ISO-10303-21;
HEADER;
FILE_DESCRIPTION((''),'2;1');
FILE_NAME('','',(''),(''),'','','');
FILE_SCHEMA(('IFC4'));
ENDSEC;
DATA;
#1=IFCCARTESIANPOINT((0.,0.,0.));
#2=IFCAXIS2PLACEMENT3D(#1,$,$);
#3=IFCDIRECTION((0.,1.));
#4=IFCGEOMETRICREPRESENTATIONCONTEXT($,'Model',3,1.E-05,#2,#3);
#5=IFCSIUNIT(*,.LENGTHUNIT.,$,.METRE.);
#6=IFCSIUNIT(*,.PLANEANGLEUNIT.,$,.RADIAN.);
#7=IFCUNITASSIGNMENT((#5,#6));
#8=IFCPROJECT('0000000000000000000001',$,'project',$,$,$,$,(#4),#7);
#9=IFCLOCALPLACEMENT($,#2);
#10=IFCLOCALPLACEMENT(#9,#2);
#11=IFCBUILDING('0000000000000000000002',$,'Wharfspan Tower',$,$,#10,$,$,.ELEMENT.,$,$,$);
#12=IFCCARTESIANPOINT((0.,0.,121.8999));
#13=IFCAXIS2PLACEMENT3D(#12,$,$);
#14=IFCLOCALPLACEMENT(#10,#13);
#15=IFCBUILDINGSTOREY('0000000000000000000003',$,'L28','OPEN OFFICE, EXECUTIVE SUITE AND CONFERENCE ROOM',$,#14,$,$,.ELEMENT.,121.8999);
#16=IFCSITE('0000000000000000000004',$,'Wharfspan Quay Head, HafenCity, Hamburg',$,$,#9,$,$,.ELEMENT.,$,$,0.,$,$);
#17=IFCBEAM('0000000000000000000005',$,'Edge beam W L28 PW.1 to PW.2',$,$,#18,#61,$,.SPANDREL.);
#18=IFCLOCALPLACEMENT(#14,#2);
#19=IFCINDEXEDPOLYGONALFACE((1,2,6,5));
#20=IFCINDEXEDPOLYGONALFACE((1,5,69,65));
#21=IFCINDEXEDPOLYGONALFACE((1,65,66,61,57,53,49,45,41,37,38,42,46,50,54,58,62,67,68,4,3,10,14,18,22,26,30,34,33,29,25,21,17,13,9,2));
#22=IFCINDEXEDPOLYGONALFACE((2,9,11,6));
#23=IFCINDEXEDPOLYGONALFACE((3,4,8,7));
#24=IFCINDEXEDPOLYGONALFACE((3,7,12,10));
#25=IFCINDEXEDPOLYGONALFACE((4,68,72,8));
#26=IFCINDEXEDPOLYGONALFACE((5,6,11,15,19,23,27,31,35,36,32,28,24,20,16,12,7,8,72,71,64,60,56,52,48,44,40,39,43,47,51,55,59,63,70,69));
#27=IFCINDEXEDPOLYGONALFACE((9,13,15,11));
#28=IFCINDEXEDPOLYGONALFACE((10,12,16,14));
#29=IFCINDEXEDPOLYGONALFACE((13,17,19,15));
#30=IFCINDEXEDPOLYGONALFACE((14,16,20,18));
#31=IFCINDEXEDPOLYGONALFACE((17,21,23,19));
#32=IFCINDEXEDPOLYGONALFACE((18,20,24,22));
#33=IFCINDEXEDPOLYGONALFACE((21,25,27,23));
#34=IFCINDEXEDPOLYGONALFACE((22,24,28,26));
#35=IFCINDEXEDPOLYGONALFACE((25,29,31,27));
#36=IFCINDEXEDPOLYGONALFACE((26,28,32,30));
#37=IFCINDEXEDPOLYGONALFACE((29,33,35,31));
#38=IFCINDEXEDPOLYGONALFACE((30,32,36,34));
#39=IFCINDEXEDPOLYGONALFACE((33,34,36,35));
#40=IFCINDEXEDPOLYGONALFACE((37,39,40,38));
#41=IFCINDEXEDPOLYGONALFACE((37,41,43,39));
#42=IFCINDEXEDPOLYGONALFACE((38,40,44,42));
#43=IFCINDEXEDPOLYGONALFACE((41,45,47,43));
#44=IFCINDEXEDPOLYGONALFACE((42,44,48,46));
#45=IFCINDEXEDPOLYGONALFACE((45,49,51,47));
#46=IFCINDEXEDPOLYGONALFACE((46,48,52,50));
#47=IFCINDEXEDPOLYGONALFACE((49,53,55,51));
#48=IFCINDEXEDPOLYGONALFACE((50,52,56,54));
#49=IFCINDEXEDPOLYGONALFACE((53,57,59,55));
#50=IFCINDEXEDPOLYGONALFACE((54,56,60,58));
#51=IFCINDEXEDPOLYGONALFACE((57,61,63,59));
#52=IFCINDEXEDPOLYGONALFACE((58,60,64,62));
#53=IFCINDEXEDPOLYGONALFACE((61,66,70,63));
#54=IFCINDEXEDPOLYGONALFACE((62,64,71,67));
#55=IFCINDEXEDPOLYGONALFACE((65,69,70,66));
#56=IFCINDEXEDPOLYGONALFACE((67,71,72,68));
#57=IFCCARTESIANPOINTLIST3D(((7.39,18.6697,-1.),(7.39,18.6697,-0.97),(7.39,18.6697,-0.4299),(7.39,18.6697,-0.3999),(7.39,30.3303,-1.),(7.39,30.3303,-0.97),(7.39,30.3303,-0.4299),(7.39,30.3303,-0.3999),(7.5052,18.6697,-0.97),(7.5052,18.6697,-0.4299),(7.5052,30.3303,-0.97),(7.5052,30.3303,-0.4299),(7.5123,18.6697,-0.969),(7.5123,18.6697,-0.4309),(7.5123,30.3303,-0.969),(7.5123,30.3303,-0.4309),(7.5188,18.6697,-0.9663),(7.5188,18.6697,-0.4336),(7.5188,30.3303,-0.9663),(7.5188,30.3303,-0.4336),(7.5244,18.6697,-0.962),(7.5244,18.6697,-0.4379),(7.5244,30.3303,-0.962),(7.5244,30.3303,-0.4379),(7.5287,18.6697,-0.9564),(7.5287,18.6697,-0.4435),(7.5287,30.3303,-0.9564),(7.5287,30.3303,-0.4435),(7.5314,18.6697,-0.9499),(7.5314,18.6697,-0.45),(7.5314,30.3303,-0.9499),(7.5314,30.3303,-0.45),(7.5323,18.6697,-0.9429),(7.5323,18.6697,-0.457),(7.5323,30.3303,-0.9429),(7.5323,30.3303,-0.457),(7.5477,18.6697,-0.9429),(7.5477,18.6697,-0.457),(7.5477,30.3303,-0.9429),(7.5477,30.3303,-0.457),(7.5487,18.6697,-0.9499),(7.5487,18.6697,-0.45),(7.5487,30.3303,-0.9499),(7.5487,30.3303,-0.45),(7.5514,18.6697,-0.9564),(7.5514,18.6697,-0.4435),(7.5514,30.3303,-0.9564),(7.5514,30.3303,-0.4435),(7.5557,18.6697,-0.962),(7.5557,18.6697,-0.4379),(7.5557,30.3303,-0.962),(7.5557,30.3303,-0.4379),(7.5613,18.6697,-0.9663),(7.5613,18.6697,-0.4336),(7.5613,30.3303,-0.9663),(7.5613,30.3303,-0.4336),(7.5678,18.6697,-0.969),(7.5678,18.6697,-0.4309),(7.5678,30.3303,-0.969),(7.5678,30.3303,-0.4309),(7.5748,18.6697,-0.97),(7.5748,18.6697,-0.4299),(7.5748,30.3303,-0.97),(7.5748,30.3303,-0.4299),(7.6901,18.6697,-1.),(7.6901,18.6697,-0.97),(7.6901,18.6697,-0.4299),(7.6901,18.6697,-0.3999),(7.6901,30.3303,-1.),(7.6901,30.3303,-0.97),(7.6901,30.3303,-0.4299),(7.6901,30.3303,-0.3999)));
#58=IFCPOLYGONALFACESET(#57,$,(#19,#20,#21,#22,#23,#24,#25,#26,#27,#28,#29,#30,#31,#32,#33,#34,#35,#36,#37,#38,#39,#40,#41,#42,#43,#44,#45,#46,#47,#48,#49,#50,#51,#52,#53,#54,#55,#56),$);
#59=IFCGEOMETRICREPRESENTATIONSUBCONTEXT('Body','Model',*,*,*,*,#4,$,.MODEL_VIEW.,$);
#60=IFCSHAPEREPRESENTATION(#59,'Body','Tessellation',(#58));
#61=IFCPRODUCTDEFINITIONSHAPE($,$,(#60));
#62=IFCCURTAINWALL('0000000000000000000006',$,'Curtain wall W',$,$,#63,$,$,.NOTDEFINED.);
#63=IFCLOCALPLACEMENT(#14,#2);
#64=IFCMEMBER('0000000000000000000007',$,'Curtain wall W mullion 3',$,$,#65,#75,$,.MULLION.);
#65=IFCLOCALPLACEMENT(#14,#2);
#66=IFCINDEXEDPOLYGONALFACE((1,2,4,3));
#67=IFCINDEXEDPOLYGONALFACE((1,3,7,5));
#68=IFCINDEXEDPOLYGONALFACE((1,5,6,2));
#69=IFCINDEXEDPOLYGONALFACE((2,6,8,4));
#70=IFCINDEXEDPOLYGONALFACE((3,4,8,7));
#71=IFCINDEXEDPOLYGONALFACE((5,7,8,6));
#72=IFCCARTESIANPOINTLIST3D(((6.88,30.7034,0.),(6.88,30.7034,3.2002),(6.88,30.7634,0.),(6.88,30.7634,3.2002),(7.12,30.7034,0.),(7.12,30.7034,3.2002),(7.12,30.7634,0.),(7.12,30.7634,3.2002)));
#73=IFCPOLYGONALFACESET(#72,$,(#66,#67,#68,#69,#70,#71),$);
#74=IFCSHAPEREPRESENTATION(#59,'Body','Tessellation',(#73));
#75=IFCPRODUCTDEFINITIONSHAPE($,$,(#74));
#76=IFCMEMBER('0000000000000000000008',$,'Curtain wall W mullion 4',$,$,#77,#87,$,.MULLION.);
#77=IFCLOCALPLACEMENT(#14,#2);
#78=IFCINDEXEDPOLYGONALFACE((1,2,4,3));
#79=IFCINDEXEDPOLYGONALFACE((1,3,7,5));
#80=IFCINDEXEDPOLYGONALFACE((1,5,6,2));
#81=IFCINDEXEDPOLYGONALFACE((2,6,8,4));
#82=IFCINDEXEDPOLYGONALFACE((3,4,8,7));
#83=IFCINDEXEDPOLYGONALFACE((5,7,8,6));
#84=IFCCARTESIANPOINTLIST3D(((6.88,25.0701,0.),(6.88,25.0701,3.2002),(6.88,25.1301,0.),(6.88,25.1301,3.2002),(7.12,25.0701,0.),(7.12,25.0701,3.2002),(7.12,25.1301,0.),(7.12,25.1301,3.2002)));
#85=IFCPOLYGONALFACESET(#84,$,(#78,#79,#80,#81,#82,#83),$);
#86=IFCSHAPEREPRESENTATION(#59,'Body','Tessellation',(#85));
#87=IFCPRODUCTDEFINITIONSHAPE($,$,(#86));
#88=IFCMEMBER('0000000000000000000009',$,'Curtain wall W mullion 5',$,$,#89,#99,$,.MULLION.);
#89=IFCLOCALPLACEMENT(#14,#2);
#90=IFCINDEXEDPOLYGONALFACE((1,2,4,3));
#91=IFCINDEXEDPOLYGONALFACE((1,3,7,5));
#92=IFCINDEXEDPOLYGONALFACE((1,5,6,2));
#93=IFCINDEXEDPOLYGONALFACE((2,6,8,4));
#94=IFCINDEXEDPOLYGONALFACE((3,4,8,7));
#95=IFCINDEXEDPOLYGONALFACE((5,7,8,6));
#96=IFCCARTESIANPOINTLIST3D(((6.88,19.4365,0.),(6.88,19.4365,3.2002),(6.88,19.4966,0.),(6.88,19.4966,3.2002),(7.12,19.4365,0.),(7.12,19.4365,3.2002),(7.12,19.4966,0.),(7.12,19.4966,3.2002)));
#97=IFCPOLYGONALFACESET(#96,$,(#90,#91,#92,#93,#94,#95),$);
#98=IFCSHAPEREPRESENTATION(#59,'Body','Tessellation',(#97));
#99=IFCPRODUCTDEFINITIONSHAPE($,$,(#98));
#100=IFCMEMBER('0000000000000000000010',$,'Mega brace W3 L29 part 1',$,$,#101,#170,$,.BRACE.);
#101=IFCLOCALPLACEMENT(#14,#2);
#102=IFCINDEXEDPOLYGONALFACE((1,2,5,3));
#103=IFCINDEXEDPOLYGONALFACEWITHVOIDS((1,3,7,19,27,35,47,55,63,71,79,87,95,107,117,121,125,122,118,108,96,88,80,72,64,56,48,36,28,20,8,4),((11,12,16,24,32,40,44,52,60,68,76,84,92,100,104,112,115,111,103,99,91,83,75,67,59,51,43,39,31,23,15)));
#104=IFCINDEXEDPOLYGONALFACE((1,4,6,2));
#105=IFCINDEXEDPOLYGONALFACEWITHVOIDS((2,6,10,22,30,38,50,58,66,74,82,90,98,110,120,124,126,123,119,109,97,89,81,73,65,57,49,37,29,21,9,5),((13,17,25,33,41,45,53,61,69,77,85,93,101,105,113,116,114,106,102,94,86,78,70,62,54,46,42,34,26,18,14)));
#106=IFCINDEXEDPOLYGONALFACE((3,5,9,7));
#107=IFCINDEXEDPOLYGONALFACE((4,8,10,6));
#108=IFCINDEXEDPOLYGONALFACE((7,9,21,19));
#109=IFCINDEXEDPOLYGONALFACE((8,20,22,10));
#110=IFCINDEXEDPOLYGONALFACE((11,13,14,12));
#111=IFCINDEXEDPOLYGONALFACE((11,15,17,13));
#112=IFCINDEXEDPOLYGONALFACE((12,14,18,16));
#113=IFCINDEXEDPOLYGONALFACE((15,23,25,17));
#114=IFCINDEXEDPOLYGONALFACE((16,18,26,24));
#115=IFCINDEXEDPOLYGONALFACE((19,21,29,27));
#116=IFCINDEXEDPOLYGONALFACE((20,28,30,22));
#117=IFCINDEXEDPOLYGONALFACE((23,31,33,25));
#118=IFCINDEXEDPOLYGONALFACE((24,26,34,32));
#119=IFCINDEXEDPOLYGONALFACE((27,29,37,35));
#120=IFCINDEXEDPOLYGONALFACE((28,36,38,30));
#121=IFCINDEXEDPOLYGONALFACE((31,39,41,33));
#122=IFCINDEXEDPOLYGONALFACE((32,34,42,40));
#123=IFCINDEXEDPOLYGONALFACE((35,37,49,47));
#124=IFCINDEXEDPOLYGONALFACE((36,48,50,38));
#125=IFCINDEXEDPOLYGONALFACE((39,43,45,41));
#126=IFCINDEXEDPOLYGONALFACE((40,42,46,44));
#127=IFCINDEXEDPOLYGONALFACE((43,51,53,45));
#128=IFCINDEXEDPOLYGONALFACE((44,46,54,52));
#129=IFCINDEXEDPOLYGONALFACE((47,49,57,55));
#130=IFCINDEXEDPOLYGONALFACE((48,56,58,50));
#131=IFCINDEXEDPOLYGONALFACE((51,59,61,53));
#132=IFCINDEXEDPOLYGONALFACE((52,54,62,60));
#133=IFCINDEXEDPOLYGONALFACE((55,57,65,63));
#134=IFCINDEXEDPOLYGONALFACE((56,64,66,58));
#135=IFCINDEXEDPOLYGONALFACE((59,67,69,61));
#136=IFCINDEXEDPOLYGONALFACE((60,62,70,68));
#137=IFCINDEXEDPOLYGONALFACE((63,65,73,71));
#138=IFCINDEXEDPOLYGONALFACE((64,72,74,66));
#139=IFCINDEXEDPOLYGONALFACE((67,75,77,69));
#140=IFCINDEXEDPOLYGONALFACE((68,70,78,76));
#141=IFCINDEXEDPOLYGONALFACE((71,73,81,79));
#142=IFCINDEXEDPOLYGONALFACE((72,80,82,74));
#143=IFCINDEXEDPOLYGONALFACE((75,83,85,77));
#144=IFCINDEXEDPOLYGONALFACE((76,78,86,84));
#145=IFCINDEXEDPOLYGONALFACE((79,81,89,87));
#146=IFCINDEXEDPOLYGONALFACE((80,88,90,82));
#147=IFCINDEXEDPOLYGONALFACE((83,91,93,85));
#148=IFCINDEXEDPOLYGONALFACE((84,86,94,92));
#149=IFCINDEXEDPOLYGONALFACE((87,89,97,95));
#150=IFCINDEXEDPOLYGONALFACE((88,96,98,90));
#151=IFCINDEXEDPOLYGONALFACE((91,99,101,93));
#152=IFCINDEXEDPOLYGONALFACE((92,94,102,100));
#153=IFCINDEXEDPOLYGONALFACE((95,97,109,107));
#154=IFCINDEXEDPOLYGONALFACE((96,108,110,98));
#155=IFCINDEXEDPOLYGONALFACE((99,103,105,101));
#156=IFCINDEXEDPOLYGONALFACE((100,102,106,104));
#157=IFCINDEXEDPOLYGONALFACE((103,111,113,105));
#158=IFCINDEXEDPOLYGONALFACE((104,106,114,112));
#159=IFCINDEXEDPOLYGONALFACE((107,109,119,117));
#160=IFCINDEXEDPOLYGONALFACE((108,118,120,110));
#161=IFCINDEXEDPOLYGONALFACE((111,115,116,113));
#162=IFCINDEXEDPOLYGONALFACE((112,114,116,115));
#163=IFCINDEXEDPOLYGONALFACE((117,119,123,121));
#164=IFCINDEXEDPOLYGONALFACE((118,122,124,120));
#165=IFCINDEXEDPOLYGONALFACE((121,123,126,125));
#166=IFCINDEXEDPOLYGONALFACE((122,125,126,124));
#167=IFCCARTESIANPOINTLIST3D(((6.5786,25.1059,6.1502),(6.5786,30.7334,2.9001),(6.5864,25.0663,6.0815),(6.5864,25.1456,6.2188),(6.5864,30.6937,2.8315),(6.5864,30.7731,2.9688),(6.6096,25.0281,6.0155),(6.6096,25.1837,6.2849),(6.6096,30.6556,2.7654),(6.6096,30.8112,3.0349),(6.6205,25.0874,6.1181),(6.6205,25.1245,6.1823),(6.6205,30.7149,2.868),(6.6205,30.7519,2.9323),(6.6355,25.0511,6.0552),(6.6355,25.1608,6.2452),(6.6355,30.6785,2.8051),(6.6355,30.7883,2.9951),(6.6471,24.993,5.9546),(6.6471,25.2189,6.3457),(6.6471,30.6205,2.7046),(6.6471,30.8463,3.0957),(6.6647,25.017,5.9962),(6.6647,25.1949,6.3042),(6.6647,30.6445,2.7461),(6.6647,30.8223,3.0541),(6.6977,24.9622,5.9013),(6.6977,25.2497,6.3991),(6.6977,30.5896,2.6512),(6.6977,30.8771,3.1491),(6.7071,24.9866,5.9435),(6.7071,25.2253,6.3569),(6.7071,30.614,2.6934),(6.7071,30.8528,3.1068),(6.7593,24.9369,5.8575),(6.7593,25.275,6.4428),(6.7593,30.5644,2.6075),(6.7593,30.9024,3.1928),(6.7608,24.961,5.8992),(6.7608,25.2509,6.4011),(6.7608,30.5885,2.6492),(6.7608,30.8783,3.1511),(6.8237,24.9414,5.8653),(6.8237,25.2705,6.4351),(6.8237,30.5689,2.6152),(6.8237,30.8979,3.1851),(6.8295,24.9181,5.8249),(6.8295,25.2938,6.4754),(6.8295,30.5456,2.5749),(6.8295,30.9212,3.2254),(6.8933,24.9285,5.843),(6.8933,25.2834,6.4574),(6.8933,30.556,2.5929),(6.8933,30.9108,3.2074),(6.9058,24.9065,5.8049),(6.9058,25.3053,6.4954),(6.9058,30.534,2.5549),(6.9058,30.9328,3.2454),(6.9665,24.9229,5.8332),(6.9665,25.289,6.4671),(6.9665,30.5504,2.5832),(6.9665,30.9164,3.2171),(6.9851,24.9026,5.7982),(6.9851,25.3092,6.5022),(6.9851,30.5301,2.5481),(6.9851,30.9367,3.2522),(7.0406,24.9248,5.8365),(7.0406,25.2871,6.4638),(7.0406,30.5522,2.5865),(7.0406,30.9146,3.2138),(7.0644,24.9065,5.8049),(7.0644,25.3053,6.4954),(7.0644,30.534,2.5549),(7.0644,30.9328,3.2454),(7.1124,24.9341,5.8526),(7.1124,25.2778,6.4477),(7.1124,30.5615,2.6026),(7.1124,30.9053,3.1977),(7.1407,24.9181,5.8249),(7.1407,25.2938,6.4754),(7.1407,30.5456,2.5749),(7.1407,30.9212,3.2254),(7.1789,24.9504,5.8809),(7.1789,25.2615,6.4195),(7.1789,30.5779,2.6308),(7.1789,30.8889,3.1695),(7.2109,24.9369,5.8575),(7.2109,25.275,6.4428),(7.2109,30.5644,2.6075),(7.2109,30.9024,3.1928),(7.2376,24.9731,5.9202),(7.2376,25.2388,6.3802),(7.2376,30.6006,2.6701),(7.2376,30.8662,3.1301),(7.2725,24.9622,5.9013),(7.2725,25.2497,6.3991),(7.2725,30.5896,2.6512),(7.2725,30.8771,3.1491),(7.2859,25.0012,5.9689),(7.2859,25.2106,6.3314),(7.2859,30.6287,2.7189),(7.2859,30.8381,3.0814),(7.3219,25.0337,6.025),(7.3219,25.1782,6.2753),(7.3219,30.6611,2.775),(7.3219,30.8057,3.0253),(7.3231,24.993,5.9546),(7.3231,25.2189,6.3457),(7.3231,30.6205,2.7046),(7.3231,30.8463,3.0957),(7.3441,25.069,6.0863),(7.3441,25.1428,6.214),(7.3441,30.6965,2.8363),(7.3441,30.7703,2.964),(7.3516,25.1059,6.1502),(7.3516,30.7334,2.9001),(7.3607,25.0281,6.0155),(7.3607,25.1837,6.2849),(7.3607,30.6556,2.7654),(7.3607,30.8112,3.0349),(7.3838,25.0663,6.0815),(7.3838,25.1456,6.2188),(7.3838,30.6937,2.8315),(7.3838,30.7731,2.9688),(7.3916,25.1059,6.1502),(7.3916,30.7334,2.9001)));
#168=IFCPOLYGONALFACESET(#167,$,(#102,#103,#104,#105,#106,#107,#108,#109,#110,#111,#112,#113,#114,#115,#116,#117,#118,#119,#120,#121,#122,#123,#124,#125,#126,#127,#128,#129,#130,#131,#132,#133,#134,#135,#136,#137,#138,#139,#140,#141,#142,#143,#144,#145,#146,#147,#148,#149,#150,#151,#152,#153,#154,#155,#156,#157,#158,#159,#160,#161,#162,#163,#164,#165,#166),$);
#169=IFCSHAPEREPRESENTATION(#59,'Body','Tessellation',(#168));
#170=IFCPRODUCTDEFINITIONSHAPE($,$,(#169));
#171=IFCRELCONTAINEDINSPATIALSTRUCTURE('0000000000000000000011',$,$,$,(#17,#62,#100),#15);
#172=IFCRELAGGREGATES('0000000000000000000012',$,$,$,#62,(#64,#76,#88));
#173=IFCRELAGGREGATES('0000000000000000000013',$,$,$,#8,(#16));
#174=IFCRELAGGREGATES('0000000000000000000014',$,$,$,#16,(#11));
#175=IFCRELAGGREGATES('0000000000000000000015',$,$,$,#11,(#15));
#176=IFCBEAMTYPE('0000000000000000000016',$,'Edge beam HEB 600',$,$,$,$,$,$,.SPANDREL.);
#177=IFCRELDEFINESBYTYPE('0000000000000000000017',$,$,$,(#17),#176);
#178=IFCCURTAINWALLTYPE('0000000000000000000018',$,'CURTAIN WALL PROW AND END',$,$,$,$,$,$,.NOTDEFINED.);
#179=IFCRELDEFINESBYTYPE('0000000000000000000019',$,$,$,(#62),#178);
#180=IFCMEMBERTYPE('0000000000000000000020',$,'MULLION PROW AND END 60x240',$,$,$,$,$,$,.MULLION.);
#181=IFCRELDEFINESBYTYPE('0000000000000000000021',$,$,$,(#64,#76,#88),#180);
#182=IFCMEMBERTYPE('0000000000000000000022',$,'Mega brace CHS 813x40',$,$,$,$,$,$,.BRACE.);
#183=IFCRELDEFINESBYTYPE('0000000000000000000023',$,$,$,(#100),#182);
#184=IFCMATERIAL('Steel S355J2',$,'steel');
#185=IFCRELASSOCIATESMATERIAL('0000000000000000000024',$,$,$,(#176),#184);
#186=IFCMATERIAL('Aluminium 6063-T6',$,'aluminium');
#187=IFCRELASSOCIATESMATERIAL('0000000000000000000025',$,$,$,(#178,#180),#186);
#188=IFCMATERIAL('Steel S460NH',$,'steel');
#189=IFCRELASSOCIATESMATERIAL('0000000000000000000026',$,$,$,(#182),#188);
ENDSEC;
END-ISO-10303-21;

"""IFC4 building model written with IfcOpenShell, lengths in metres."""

from ifc_helpers import new_model, si_unit, direction, frame, origin, origin_2d, place, context, subcontext, project, spatial, rectangle, hollow_circle, i_section, extrude, material, material_profile, profile_set, type_object, element, aggregate, save


model = new_model("IFC4")

# Units and contexts
model_context = context("Model", 3, precision=1e-05, world=origin(), true_north=direction((0.0, 1.0)))
body_context = subcontext(model_context, "Body", "Model", "MODEL_VIEW")
ifc_project = project(units=[si_unit("LENGTHUNIT", "METRE"), si_unit("PLANEANGLEUNIT", "RADIAN")], contexts=[model_context])

# Site, building, storey
site_placement = place(None, origin())
site = spatial("IfcSite", under=ifc_project, at=site_placement, Name="Wharfspan Quay Head, HafenCity, Hamburg", CompositionType="ELEMENT", RefElevation=0.0)
building_placement = place(site_placement, origin())
building = spatial("IfcBuilding", under=site, at=building_placement, Name="Wharfspan Tower", CompositionType="ELEMENT")
storey_placement = place(building_placement, frame((0.0, 0.0, 121.8999)))
storey = spatial("IfcBuildingStorey", under=building, at=storey_placement, Name="L28", Description="OPEN OFFICE, EXECUTIVE SUITE AND CONFERENCE ROOM", CompositionType="ELEMENT", Elevation=121.8999)

# Beam
ifc_material_1 = material(Name="Steel S355J2", Category="steel")
ifc_material_profile_1 = material_profile(ifc_material_1, i_section(OverallWidth=0.3, OverallDepth=0.6001, WebThickness=0.0154, FlangeThickness=0.03, FilletRadius=0.0271, at=origin_2d()))
ifc_profile_set_1 = profile_set([ifc_material_profile_1], Name="Steel S355J2")
beam_type = type_object("IfcBeamType", Name="Edge beam HEB 600", PredefinedType="SPANDREL", material=ifc_profile_set_1)
beam_placement = place(storey_placement, frame((7.54, 30.3303, -0.7), z_axis=(0.0, -1.0, 0.0), x_axis=(1.0, 0.0, 0.0)))
element("IfcBeam", 1, at=beam_placement, inside=storey, type_object=beam_type, Name="Edge beam W L28 PW.1 to PW.2", PredefinedType="SPANDREL", context=body_context, shape_type="SweptSolid", body=[
    extrude(i_section(OverallWidth=0.3, OverallDepth=0.6001, WebThickness=0.0154, FlangeThickness=0.03, FilletRadius=0.0271, at=origin_2d()), origin(), (0.0, 0.0, 1.0), 11.6606),
])

# Curtain wall, members
ifc_material_2 = material(Name="Aluminium 6063-T6", Category="aluminium")
curtain_wall_type = type_object("IfcCurtainWallType", Name="CURTAIN WALL PROW AND END", PredefinedType="NOTDEFINED", material=ifc_material_2)
curtain_wall_placement = place(storey_placement, origin())
curtain_wall = element("IfcCurtainWall", 2, at=curtain_wall_placement, inside=storey, type_object=curtain_wall_type, Name="Curtain wall W", PredefinedType="NOTDEFINED")
ifc_material_profile_2 = material_profile(ifc_material_2, rectangle(XDim=0.24, YDim=0.0601, at=origin_2d()))
ifc_profile_set_2 = profile_set([ifc_material_profile_2], Name="Aluminium 6063-T6")
member_type_1 = type_object("IfcMemberType", Name="MULLION PROW AND END 60x240", PredefinedType="MULLION", material=ifc_profile_set_2)
member_1_placement = place(storey_placement, frame((7.0, 30.7334, 0.0), z_axis=(0.0, 0.0, 1.0), x_axis=(1.0, 0.0, 0.0)))
member_1 = element("IfcMember", 3, at=member_1_placement, type_object=member_type_1, Name="Curtain wall W mullion 3", PredefinedType="MULLION", context=body_context, shape_type="SweptSolid", body=[
    extrude(rectangle(XDim=0.24, YDim=0.0601, at=origin_2d()), origin(), (0.0, 0.0, 1.0), 3.2002),
])
member_2_placement = place(storey_placement, frame((7.0, 25.1001, 0.0), z_axis=(0.0, 0.0, 1.0), x_axis=(1.0, 0.0, 0.0)))
member_2 = element("IfcMember", 4, at=member_2_placement, type_object=member_type_1, Name="Curtain wall W mullion 4", PredefinedType="MULLION", context=body_context, shape_type="SweptSolid", body=[
    extrude(rectangle(XDim=0.24, YDim=0.0601, at=origin_2d()), origin(), (0.0, 0.0, 1.0), 3.2002),
])
member_3_placement = place(storey_placement, frame((7.0, 19.4666, 0.0), z_axis=(0.0, 0.0, 1.0), x_axis=(1.0, 0.0, 0.0)))
member_3 = element("IfcMember", 5, at=member_3_placement, type_object=member_type_1, Name="Curtain wall W mullion 5", PredefinedType="MULLION", context=body_context, shape_type="SweptSolid", body=[
    extrude(rectangle(XDim=0.24, YDim=0.0601, at=origin_2d()), origin(), (0.0, 0.0, 1.0), 3.2002),
])

# Member
ifc_material_3 = material(Name="Steel S460NH", Category="steel")
ifc_material_profile_3 = material_profile(ifc_material_3, hollow_circle(Radius=0.4065, WallThickness=0.04, at=origin_2d()))
ifc_profile_set_3 = profile_set([ifc_material_profile_3], Name="Steel S460NH")
member_type_2 = type_object("IfcMemberType", Name="Mega brace CHS 813x40", PredefinedType="BRACE", material=ifc_profile_set_3)
member_4_placement = place(storey_placement, frame((6.9851, 30.7334, 2.9001), z_axis=(0.0, -0.865959, 0.500115), x_axis=(1.0, 0.0, 0.0)))
element("IfcMember", 6, at=member_4_placement, inside=storey, type_object=member_type_2, Name="Mega brace W3 L29 part 1", PredefinedType="BRACE", context=body_context, shape_type="SweptSolid", body=[
    extrude(hollow_circle(Radius=0.4065, WallThickness=0.04, at=origin_2d()), origin(), (0.0, 0.0, 1.0), 6.4985),
])

aggregate(curtain_wall, [member_1, member_2, member_3])

save(model, "model.ifc")
